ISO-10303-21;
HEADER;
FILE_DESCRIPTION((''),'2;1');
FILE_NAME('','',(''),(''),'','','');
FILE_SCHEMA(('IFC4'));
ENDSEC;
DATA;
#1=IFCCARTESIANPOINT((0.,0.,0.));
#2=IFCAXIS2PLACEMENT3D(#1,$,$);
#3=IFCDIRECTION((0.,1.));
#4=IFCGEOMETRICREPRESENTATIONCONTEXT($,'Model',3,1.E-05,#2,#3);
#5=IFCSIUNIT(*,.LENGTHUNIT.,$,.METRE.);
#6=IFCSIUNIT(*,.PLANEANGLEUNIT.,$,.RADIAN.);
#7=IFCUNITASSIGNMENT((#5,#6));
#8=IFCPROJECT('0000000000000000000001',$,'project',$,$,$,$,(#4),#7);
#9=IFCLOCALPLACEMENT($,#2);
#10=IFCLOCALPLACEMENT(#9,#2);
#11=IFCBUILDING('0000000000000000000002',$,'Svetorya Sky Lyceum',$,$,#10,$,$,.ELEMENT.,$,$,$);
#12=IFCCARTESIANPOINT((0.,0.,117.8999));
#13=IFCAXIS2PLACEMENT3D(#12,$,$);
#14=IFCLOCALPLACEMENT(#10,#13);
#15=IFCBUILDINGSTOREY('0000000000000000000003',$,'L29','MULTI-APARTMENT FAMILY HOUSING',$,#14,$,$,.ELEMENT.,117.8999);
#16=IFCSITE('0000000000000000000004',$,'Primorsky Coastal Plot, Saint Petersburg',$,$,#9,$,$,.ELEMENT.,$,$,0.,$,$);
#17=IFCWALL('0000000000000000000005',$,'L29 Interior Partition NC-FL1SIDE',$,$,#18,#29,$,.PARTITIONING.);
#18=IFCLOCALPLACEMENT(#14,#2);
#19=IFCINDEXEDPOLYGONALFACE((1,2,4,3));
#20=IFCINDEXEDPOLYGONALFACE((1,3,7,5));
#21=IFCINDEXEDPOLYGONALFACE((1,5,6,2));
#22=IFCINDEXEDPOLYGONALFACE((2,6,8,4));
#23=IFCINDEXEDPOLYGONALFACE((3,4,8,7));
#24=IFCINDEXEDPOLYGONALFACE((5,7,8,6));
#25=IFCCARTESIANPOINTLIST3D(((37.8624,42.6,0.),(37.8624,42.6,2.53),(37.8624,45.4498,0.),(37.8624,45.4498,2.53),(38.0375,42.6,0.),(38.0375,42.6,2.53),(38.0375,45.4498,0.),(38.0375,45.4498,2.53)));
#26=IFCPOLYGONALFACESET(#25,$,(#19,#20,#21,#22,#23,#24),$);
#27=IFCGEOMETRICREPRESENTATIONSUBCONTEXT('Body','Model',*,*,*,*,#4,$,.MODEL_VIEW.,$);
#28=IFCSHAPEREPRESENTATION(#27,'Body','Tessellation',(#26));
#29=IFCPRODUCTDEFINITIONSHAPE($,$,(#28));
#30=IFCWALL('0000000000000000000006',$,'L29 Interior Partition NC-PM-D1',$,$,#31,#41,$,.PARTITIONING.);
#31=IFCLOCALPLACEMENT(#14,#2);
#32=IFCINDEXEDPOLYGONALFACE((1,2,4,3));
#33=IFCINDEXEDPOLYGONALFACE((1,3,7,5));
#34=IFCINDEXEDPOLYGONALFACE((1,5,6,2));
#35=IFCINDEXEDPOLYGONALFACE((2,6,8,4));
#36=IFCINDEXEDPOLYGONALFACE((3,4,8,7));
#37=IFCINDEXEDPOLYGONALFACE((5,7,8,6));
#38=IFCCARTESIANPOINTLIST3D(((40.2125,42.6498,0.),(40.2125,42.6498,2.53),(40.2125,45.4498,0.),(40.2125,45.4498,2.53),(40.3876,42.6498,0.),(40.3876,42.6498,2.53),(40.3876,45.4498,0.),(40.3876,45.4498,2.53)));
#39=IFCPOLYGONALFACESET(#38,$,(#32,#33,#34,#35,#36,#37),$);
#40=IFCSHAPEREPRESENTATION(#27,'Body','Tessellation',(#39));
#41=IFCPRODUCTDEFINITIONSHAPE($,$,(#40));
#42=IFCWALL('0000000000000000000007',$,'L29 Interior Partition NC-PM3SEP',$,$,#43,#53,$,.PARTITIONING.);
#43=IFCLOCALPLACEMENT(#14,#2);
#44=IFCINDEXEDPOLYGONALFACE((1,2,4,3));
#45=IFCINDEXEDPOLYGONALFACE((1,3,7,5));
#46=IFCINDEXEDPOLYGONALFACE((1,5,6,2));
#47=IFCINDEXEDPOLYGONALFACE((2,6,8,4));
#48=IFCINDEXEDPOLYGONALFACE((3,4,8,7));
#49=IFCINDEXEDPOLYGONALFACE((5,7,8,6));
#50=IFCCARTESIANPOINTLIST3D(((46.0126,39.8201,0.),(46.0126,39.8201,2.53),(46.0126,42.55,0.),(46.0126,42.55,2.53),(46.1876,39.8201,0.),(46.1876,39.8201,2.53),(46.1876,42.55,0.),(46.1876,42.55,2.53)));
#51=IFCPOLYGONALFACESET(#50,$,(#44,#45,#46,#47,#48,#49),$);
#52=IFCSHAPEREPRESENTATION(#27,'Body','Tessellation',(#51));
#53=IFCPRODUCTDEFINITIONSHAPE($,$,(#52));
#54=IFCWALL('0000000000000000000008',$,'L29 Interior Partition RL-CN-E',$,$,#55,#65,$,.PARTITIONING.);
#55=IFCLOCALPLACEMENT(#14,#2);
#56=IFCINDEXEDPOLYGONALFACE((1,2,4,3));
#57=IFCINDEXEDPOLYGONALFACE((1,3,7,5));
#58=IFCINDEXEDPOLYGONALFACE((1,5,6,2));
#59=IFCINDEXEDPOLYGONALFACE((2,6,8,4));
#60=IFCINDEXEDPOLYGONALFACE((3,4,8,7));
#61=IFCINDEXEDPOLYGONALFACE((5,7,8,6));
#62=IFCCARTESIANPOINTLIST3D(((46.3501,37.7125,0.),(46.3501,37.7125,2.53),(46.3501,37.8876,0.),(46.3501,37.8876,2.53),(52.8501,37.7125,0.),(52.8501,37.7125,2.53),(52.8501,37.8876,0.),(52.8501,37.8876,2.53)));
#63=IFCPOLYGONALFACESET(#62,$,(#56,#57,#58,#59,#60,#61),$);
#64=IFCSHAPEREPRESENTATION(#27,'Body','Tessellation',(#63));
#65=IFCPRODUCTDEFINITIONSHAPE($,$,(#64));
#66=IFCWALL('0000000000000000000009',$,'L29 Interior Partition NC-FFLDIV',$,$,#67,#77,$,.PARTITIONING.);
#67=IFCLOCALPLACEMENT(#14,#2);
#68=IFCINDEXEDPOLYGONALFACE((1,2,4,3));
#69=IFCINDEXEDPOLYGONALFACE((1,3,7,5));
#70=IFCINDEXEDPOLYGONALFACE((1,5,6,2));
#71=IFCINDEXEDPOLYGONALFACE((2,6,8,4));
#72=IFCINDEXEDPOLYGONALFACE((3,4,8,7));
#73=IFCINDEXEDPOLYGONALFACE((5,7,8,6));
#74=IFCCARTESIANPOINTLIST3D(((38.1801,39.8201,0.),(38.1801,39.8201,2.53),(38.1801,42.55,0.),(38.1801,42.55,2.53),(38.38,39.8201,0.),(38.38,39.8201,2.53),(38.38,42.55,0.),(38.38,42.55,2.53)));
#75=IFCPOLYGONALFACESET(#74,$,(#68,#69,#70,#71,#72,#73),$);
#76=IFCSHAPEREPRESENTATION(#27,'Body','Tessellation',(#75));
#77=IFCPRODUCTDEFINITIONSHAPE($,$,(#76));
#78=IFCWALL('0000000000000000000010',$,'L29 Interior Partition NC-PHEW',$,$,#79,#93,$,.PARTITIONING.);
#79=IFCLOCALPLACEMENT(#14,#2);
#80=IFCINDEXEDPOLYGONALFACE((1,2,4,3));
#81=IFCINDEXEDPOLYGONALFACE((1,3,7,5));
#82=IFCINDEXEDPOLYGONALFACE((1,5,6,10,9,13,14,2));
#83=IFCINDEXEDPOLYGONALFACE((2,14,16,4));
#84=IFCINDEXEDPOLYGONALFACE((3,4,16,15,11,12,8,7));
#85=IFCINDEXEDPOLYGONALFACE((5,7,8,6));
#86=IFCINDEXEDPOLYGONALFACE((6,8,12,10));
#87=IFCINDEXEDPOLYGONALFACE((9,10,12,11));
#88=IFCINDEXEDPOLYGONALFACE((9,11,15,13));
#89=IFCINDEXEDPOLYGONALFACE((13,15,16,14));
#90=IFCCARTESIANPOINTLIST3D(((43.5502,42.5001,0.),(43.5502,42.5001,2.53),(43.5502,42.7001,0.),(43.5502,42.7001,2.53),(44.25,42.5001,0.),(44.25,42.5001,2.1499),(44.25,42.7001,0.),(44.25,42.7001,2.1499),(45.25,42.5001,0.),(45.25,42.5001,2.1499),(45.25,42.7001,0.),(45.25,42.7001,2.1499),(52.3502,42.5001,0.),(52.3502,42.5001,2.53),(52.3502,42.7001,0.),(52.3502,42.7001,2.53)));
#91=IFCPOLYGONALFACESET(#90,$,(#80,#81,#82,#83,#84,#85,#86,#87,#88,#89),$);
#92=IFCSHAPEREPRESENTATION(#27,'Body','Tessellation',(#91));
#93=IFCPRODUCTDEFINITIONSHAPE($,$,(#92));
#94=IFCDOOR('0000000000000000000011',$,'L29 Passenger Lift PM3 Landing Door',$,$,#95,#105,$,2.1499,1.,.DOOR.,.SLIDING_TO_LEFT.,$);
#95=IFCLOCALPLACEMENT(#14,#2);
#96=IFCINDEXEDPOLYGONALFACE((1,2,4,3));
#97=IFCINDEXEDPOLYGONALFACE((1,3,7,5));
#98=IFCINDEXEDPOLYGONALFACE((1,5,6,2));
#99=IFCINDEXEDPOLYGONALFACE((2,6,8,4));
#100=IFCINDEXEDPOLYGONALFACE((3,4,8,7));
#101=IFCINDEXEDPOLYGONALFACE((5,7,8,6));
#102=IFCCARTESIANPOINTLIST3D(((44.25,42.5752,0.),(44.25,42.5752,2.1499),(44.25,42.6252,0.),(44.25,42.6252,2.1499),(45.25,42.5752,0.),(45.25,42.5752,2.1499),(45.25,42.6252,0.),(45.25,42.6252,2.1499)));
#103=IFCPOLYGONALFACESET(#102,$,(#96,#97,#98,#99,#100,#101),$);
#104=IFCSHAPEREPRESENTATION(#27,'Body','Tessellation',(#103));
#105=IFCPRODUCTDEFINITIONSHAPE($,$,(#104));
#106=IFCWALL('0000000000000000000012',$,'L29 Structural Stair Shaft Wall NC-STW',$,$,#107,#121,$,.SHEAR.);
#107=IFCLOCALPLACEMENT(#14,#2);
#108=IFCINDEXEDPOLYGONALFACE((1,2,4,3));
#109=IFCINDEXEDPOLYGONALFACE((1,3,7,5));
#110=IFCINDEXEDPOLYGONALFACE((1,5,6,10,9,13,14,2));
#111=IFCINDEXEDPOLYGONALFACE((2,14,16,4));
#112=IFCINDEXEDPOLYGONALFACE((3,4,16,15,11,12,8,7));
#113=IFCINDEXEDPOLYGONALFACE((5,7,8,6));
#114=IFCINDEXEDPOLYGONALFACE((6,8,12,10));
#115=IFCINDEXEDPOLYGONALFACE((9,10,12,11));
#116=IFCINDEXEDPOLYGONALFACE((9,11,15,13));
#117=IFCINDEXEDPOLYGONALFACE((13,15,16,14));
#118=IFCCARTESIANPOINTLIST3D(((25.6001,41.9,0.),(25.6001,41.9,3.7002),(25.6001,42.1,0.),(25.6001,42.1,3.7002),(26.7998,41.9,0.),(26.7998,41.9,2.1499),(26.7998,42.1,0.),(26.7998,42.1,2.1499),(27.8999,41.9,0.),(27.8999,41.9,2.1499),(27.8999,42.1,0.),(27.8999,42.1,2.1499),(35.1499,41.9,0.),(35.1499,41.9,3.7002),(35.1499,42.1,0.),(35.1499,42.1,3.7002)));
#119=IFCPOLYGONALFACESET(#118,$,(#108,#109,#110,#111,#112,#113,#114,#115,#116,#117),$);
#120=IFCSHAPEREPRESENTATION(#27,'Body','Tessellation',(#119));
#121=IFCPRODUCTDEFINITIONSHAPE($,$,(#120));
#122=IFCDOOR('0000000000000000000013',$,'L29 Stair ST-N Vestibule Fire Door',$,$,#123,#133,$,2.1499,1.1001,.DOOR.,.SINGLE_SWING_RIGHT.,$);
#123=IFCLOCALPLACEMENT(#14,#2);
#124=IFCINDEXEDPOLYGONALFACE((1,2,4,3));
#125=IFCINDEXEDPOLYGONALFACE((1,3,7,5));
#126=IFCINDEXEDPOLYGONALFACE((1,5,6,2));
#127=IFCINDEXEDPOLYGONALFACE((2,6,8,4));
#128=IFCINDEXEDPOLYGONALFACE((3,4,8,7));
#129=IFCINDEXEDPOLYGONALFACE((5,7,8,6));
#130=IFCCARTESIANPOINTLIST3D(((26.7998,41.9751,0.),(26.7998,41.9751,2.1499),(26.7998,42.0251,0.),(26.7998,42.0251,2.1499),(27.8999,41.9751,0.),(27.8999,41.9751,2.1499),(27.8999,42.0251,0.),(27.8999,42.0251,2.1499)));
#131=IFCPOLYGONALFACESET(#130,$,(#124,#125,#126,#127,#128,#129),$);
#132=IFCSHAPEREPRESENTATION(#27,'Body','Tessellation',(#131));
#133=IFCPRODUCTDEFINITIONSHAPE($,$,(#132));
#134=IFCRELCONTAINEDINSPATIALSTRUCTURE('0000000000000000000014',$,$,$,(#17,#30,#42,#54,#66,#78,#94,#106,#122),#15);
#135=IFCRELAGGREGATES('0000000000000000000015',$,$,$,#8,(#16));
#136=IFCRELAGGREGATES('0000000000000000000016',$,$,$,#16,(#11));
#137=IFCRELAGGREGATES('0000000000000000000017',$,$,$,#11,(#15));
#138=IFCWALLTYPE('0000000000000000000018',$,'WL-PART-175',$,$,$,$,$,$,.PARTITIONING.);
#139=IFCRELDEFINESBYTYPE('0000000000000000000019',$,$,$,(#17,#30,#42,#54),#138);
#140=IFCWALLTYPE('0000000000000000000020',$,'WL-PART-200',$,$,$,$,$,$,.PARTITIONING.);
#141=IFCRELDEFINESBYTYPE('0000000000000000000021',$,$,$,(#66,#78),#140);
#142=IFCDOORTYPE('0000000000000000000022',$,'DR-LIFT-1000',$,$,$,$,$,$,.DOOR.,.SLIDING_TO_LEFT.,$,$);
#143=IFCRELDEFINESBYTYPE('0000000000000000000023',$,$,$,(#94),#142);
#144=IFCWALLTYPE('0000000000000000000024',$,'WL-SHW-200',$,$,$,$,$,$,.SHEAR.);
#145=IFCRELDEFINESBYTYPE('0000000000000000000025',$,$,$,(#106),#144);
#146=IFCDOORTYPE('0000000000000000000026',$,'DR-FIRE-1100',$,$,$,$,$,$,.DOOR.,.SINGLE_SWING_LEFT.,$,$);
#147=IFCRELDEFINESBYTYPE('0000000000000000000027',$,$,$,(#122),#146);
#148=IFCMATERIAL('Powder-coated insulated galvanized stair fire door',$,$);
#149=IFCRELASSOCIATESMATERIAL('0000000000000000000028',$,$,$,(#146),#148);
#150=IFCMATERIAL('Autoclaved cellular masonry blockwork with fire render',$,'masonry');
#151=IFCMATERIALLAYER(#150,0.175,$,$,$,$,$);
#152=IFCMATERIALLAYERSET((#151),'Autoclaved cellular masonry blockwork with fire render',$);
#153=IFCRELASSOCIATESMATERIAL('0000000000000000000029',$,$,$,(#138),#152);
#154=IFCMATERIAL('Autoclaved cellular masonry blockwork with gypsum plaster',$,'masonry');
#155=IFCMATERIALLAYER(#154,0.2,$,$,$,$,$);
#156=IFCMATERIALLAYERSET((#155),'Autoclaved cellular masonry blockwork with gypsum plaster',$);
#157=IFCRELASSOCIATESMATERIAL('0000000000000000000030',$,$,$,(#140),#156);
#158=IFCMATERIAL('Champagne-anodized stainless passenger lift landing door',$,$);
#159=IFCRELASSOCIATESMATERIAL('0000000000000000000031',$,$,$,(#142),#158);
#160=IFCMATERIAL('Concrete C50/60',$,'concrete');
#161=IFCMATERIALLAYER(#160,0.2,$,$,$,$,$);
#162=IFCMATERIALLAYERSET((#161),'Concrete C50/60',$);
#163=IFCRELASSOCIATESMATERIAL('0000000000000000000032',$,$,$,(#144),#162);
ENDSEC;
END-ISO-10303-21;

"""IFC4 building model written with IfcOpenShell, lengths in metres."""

from ifc_helpers import new_model, si_unit, direction, frame, frame_2d, origin, place, context, subcontext, project, spatial, rectangle, extrude, material, layer, layer_set, type_object, element, fill, save


model = new_model("IFC4")

# Units and contexts
model_context = context("Model", 3, precision=1e-05, world=origin(), true_north=direction((0.0, 1.0)))
body_context = subcontext(model_context, "Body", "Model", "MODEL_VIEW")
ifc_project = project(units=[si_unit("LENGTHUNIT", "METRE"), si_unit("PLANEANGLEUNIT", "RADIAN")], contexts=[model_context])

# Site, building, storey
site_placement = place(None, origin())
site = spatial("IfcSite", under=ifc_project, at=site_placement, Name="Primorsky Coastal Plot, Saint Petersburg", CompositionType="ELEMENT", RefElevation=0.0)
building_placement = place(site_placement, origin())
building = spatial("IfcBuilding", under=site, at=building_placement, Name="Svetorya Sky Lyceum", CompositionType="ELEMENT")
storey_placement = place(building_placement, frame((0.0, 0.0, 117.8999)))
storey = spatial("IfcBuildingStorey", under=building, at=storey_placement, Name="L29", Description="MULTI-APARTMENT FAMILY HOUSING", CompositionType="ELEMENT", Elevation=117.8999)

# Shared definitions
ifc_material_1 = material(Name="Concrete C50/60", Category="concrete")

# Shared definitions
ifc_material_2 = material(Name="Powder-coated insulated galvanized stair fire door")
door_type_1 = type_object("IfcDoorType", Name="DR-FIRE-1100", OperationType="SINGLE_SWING_LEFT", PredefinedType="DOOR", material=ifc_material_2)

# Walls
ifc_material_3 = material(Name="Autoclaved cellular masonry blockwork with fire render", Category="masonry")
ifc_layer_1 = layer(ifc_material_3, 0.175)
ifc_layer_set_1 = layer_set([ifc_layer_1], Name="Autoclaved cellular masonry blockwork with fire render")
wall_type_1 = type_object("IfcWallType", Name="WL-PART-175", PredefinedType="PARTITIONING", material=ifc_layer_set_1)
wall_1_placement = place(storey_placement, frame((37.95, 42.6001, 0.0), z_axis=(0.0, 0.0, 1.0), x_axis=(0.0, 1.0, 0.0)))
element("IfcWall", 1, at=wall_1_placement, inside=storey, type_object=wall_type_1, Name="L29 Interior Partition NC-FL1SIDE", PredefinedType="PARTITIONING", context=body_context, shape_type="SweptSolid", body=[
    extrude(rectangle(XDim=2.8499, YDim=0.175, at=frame_2d((1.4248, 0.0))), origin(), (0.0, 0.0, 1.0), 2.53),
])
wall_2_placement = place(storey_placement, frame((40.3, 42.6499, 0.0), z_axis=(0.0, 0.0, 1.0), x_axis=(0.0, 1.0, 0.0)))
element("IfcWall", 2, at=wall_2_placement, inside=storey, type_object=wall_type_1, Name="L29 Interior Partition NC-PM-D1", PredefinedType="PARTITIONING", context=body_context, shape_type="SweptSolid", body=[
    extrude(rectangle(XDim=2.8, YDim=0.175, at=frame_2d((1.3999, 0.0))), origin(), (0.0, 0.0, 1.0), 2.53),
])
wall_3_placement = place(storey_placement, frame((46.1001, 39.8201, 0.0), z_axis=(0.0, 0.0, 1.0), x_axis=(0.0, 1.0, 0.0)))
element("IfcWall", 3, at=wall_3_placement, inside=storey, type_object=wall_type_1, Name="L29 Interior Partition NC-PM3SEP", PredefinedType="PARTITIONING", context=body_context, shape_type="SweptSolid", body=[
    extrude(rectangle(XDim=2.73, YDim=0.175, at=frame_2d((1.365, 0.0))), origin(), (0.0, 0.0, 1.0), 2.53),
])
wall_4_placement = place(storey_placement, frame((46.3501, 37.8, 0.0), z_axis=(0.0, 0.0, 1.0), x_axis=(1.0, 0.0, 0.0)))
element("IfcWall", 4, at=wall_4_placement, inside=storey, type_object=wall_type_1, Name="L29 Interior Partition RL-CN-E", PredefinedType="PARTITIONING", context=body_context, shape_type="SweptSolid", body=[
    extrude(rectangle(XDim=6.5, YDim=0.175, at=frame_2d((3.25, 0.0))), origin(), (0.0, 0.0, 1.0), 2.53),
])

# Shared definitions
ifc_material_4 = material(Name="Autoclaved cellular masonry blockwork with gypsum plaster", Category="masonry")
ifc_layer_2 = layer(ifc_material_4, 0.2)
ifc_layer_set_2 = layer_set([ifc_layer_2], Name="Autoclaved cellular masonry blockwork with gypsum plaster")
wall_type_2 = type_object("IfcWallType", Name="WL-PART-200", PredefinedType="PARTITIONING", material=ifc_layer_set_2)

# Wall
wall_5_placement = place(storey_placement, frame((38.28, 39.8201, 0.0), z_axis=(0.0, 0.0, 1.0), x_axis=(0.0, 1.0, 0.0)))
element("IfcWall", 5, at=wall_5_placement, inside=storey, type_object=wall_type_2, Name="L29 Interior Partition NC-FFLDIV", PredefinedType="PARTITIONING", context=body_context, shape_type="SweptSolid", body=[
    extrude(rectangle(XDim=2.73, YDim=0.2, at=frame_2d((1.365, 0.0))), origin(), (0.0, 0.0, 1.0), 2.53),
])

# Shared definitions
ifc_material_5 = material(Name="Champagne-anodized stainless passenger lift landing door")
door_type_2 = type_object("IfcDoorType", Name="DR-LIFT-1000", OperationType="SLIDING_TO_LEFT", PredefinedType="DOOR", material=ifc_material_5)

# Walls, openings, doors
wall_6_placement = place(storey_placement, frame((52.3501, 42.6001, 0.0), z_axis=(0.0, 0.0, 1.0), x_axis=(-1.0, 0.0, 0.0)))
wall_6 = element("IfcWall", 6, at=wall_6_placement, inside=storey, type_object=wall_type_2, Name="L29 Interior Partition NC-PHEW", PredefinedType="PARTITIONING", context=body_context, shape_type="SweptSolid", body=[
    extrude(rectangle(XDim=8.8, YDim=0.2, at=frame_2d((4.3999, 0.0))), origin(), (0.0, 0.0, 1.0), 2.53),
])
opening_1_placement = place(wall_6_placement, frame((7.1001, 0.0, 0.0)))
opening_1 = element("IfcOpeningElement", 7, at=opening_1_placement, cuts=wall_6, PredefinedType="OPENING", context=body_context, shape_type="SweptSolid", body=[
    extrude(rectangle(XDim=1.0, YDim=2.1499, at=frame_2d((0.5, 1.075))), frame((0.0, 0.1099, 0.0), z_axis=(0.0, -1.0, 0.0), x_axis=(1.0, 0.0, 0.0)), (0.0, 0.0, 1.0), 0.22),
])
door_1_placement = place(opening_1_placement, origin())
door_1 = element("IfcDoor", 8, at=door_1_placement, inside=storey, type_object=door_type_2, Name="L29 Passenger Lift PM3 Landing Door", OperationType="SLIDING_TO_LEFT", OverallHeight=2.1499, OverallWidth=1.0, PredefinedType="DOOR", context=body_context, shape_type="SweptSolid", body=[
    extrude(rectangle(XDim=1.0, YDim=2.1499, at=frame_2d((0.5, 1.075))), frame((0.0, 0.0249, 0.0), z_axis=(0.0, -1.0, 0.0), x_axis=(1.0, 0.0, 0.0)), (0.0, 0.0, 1.0), 0.05),
])
fill(opening_1, door_1)
ifc_layer_3 = layer(ifc_material_1, 0.2)
ifc_layer_set_3 = layer_set([ifc_layer_3], Name="Concrete C50/60")
wall_type_3 = type_object("IfcWallType", Name="WL-SHW-200", PredefinedType="SHEAR", material=ifc_layer_set_3)
wall_7_placement = place(storey_placement, frame((35.1499, 42.0, 0.0), z_axis=(0.0, 0.0, 1.0), x_axis=(-1.0, 0.0, 0.0)))
wall_7 = element("IfcWall", 9, at=wall_7_placement, inside=storey, type_object=wall_type_3, Name="L29 Structural Stair Shaft Wall NC-STW", PredefinedType="SHEAR", context=body_context, shape_type="SweptSolid", body=[
    extrude(rectangle(XDim=9.5498, YDim=0.2, at=frame_2d((4.7749, 0.0))), origin(), (0.0, 0.0, 1.0), 3.7002),
])
opening_2_placement = place(wall_7_placement, frame((7.25, 0.0, 0.0)))
opening_2 = element("IfcOpeningElement", 10, at=opening_2_placement, cuts=wall_7, PredefinedType="OPENING", context=body_context, shape_type="SweptSolid", body=[
    extrude(rectangle(XDim=1.1001, YDim=2.1499, at=frame_2d((0.55, 1.075))), frame((0.0, 0.1099, 0.0), z_axis=(0.0, -1.0, 0.0), x_axis=(1.0, 0.0, 0.0)), (0.0, 0.0, 1.0), 0.22),
])
door_2_placement = place(opening_2_placement, origin())
door_2 = element("IfcDoor", 11, at=door_2_placement, inside=storey, type_object=door_type_1, Name="L29 Stair ST-N Vestibule Fire Door", OperationType="SINGLE_SWING_RIGHT", OverallHeight=2.1499, OverallWidth=1.1001, PredefinedType="DOOR", context=body_context, shape_type="SweptSolid", body=[
    extrude(rectangle(XDim=1.1001, YDim=2.1499, at=frame_2d((0.55, 1.075))), frame((0.0, 0.0249, 0.0), z_axis=(0.0, -1.0, 0.0), x_axis=(1.0, 0.0, 0.0)), (0.0, 0.0, 1.0), 0.05),
])
fill(opening_2, door_2)

save(model, "model.ifc")
